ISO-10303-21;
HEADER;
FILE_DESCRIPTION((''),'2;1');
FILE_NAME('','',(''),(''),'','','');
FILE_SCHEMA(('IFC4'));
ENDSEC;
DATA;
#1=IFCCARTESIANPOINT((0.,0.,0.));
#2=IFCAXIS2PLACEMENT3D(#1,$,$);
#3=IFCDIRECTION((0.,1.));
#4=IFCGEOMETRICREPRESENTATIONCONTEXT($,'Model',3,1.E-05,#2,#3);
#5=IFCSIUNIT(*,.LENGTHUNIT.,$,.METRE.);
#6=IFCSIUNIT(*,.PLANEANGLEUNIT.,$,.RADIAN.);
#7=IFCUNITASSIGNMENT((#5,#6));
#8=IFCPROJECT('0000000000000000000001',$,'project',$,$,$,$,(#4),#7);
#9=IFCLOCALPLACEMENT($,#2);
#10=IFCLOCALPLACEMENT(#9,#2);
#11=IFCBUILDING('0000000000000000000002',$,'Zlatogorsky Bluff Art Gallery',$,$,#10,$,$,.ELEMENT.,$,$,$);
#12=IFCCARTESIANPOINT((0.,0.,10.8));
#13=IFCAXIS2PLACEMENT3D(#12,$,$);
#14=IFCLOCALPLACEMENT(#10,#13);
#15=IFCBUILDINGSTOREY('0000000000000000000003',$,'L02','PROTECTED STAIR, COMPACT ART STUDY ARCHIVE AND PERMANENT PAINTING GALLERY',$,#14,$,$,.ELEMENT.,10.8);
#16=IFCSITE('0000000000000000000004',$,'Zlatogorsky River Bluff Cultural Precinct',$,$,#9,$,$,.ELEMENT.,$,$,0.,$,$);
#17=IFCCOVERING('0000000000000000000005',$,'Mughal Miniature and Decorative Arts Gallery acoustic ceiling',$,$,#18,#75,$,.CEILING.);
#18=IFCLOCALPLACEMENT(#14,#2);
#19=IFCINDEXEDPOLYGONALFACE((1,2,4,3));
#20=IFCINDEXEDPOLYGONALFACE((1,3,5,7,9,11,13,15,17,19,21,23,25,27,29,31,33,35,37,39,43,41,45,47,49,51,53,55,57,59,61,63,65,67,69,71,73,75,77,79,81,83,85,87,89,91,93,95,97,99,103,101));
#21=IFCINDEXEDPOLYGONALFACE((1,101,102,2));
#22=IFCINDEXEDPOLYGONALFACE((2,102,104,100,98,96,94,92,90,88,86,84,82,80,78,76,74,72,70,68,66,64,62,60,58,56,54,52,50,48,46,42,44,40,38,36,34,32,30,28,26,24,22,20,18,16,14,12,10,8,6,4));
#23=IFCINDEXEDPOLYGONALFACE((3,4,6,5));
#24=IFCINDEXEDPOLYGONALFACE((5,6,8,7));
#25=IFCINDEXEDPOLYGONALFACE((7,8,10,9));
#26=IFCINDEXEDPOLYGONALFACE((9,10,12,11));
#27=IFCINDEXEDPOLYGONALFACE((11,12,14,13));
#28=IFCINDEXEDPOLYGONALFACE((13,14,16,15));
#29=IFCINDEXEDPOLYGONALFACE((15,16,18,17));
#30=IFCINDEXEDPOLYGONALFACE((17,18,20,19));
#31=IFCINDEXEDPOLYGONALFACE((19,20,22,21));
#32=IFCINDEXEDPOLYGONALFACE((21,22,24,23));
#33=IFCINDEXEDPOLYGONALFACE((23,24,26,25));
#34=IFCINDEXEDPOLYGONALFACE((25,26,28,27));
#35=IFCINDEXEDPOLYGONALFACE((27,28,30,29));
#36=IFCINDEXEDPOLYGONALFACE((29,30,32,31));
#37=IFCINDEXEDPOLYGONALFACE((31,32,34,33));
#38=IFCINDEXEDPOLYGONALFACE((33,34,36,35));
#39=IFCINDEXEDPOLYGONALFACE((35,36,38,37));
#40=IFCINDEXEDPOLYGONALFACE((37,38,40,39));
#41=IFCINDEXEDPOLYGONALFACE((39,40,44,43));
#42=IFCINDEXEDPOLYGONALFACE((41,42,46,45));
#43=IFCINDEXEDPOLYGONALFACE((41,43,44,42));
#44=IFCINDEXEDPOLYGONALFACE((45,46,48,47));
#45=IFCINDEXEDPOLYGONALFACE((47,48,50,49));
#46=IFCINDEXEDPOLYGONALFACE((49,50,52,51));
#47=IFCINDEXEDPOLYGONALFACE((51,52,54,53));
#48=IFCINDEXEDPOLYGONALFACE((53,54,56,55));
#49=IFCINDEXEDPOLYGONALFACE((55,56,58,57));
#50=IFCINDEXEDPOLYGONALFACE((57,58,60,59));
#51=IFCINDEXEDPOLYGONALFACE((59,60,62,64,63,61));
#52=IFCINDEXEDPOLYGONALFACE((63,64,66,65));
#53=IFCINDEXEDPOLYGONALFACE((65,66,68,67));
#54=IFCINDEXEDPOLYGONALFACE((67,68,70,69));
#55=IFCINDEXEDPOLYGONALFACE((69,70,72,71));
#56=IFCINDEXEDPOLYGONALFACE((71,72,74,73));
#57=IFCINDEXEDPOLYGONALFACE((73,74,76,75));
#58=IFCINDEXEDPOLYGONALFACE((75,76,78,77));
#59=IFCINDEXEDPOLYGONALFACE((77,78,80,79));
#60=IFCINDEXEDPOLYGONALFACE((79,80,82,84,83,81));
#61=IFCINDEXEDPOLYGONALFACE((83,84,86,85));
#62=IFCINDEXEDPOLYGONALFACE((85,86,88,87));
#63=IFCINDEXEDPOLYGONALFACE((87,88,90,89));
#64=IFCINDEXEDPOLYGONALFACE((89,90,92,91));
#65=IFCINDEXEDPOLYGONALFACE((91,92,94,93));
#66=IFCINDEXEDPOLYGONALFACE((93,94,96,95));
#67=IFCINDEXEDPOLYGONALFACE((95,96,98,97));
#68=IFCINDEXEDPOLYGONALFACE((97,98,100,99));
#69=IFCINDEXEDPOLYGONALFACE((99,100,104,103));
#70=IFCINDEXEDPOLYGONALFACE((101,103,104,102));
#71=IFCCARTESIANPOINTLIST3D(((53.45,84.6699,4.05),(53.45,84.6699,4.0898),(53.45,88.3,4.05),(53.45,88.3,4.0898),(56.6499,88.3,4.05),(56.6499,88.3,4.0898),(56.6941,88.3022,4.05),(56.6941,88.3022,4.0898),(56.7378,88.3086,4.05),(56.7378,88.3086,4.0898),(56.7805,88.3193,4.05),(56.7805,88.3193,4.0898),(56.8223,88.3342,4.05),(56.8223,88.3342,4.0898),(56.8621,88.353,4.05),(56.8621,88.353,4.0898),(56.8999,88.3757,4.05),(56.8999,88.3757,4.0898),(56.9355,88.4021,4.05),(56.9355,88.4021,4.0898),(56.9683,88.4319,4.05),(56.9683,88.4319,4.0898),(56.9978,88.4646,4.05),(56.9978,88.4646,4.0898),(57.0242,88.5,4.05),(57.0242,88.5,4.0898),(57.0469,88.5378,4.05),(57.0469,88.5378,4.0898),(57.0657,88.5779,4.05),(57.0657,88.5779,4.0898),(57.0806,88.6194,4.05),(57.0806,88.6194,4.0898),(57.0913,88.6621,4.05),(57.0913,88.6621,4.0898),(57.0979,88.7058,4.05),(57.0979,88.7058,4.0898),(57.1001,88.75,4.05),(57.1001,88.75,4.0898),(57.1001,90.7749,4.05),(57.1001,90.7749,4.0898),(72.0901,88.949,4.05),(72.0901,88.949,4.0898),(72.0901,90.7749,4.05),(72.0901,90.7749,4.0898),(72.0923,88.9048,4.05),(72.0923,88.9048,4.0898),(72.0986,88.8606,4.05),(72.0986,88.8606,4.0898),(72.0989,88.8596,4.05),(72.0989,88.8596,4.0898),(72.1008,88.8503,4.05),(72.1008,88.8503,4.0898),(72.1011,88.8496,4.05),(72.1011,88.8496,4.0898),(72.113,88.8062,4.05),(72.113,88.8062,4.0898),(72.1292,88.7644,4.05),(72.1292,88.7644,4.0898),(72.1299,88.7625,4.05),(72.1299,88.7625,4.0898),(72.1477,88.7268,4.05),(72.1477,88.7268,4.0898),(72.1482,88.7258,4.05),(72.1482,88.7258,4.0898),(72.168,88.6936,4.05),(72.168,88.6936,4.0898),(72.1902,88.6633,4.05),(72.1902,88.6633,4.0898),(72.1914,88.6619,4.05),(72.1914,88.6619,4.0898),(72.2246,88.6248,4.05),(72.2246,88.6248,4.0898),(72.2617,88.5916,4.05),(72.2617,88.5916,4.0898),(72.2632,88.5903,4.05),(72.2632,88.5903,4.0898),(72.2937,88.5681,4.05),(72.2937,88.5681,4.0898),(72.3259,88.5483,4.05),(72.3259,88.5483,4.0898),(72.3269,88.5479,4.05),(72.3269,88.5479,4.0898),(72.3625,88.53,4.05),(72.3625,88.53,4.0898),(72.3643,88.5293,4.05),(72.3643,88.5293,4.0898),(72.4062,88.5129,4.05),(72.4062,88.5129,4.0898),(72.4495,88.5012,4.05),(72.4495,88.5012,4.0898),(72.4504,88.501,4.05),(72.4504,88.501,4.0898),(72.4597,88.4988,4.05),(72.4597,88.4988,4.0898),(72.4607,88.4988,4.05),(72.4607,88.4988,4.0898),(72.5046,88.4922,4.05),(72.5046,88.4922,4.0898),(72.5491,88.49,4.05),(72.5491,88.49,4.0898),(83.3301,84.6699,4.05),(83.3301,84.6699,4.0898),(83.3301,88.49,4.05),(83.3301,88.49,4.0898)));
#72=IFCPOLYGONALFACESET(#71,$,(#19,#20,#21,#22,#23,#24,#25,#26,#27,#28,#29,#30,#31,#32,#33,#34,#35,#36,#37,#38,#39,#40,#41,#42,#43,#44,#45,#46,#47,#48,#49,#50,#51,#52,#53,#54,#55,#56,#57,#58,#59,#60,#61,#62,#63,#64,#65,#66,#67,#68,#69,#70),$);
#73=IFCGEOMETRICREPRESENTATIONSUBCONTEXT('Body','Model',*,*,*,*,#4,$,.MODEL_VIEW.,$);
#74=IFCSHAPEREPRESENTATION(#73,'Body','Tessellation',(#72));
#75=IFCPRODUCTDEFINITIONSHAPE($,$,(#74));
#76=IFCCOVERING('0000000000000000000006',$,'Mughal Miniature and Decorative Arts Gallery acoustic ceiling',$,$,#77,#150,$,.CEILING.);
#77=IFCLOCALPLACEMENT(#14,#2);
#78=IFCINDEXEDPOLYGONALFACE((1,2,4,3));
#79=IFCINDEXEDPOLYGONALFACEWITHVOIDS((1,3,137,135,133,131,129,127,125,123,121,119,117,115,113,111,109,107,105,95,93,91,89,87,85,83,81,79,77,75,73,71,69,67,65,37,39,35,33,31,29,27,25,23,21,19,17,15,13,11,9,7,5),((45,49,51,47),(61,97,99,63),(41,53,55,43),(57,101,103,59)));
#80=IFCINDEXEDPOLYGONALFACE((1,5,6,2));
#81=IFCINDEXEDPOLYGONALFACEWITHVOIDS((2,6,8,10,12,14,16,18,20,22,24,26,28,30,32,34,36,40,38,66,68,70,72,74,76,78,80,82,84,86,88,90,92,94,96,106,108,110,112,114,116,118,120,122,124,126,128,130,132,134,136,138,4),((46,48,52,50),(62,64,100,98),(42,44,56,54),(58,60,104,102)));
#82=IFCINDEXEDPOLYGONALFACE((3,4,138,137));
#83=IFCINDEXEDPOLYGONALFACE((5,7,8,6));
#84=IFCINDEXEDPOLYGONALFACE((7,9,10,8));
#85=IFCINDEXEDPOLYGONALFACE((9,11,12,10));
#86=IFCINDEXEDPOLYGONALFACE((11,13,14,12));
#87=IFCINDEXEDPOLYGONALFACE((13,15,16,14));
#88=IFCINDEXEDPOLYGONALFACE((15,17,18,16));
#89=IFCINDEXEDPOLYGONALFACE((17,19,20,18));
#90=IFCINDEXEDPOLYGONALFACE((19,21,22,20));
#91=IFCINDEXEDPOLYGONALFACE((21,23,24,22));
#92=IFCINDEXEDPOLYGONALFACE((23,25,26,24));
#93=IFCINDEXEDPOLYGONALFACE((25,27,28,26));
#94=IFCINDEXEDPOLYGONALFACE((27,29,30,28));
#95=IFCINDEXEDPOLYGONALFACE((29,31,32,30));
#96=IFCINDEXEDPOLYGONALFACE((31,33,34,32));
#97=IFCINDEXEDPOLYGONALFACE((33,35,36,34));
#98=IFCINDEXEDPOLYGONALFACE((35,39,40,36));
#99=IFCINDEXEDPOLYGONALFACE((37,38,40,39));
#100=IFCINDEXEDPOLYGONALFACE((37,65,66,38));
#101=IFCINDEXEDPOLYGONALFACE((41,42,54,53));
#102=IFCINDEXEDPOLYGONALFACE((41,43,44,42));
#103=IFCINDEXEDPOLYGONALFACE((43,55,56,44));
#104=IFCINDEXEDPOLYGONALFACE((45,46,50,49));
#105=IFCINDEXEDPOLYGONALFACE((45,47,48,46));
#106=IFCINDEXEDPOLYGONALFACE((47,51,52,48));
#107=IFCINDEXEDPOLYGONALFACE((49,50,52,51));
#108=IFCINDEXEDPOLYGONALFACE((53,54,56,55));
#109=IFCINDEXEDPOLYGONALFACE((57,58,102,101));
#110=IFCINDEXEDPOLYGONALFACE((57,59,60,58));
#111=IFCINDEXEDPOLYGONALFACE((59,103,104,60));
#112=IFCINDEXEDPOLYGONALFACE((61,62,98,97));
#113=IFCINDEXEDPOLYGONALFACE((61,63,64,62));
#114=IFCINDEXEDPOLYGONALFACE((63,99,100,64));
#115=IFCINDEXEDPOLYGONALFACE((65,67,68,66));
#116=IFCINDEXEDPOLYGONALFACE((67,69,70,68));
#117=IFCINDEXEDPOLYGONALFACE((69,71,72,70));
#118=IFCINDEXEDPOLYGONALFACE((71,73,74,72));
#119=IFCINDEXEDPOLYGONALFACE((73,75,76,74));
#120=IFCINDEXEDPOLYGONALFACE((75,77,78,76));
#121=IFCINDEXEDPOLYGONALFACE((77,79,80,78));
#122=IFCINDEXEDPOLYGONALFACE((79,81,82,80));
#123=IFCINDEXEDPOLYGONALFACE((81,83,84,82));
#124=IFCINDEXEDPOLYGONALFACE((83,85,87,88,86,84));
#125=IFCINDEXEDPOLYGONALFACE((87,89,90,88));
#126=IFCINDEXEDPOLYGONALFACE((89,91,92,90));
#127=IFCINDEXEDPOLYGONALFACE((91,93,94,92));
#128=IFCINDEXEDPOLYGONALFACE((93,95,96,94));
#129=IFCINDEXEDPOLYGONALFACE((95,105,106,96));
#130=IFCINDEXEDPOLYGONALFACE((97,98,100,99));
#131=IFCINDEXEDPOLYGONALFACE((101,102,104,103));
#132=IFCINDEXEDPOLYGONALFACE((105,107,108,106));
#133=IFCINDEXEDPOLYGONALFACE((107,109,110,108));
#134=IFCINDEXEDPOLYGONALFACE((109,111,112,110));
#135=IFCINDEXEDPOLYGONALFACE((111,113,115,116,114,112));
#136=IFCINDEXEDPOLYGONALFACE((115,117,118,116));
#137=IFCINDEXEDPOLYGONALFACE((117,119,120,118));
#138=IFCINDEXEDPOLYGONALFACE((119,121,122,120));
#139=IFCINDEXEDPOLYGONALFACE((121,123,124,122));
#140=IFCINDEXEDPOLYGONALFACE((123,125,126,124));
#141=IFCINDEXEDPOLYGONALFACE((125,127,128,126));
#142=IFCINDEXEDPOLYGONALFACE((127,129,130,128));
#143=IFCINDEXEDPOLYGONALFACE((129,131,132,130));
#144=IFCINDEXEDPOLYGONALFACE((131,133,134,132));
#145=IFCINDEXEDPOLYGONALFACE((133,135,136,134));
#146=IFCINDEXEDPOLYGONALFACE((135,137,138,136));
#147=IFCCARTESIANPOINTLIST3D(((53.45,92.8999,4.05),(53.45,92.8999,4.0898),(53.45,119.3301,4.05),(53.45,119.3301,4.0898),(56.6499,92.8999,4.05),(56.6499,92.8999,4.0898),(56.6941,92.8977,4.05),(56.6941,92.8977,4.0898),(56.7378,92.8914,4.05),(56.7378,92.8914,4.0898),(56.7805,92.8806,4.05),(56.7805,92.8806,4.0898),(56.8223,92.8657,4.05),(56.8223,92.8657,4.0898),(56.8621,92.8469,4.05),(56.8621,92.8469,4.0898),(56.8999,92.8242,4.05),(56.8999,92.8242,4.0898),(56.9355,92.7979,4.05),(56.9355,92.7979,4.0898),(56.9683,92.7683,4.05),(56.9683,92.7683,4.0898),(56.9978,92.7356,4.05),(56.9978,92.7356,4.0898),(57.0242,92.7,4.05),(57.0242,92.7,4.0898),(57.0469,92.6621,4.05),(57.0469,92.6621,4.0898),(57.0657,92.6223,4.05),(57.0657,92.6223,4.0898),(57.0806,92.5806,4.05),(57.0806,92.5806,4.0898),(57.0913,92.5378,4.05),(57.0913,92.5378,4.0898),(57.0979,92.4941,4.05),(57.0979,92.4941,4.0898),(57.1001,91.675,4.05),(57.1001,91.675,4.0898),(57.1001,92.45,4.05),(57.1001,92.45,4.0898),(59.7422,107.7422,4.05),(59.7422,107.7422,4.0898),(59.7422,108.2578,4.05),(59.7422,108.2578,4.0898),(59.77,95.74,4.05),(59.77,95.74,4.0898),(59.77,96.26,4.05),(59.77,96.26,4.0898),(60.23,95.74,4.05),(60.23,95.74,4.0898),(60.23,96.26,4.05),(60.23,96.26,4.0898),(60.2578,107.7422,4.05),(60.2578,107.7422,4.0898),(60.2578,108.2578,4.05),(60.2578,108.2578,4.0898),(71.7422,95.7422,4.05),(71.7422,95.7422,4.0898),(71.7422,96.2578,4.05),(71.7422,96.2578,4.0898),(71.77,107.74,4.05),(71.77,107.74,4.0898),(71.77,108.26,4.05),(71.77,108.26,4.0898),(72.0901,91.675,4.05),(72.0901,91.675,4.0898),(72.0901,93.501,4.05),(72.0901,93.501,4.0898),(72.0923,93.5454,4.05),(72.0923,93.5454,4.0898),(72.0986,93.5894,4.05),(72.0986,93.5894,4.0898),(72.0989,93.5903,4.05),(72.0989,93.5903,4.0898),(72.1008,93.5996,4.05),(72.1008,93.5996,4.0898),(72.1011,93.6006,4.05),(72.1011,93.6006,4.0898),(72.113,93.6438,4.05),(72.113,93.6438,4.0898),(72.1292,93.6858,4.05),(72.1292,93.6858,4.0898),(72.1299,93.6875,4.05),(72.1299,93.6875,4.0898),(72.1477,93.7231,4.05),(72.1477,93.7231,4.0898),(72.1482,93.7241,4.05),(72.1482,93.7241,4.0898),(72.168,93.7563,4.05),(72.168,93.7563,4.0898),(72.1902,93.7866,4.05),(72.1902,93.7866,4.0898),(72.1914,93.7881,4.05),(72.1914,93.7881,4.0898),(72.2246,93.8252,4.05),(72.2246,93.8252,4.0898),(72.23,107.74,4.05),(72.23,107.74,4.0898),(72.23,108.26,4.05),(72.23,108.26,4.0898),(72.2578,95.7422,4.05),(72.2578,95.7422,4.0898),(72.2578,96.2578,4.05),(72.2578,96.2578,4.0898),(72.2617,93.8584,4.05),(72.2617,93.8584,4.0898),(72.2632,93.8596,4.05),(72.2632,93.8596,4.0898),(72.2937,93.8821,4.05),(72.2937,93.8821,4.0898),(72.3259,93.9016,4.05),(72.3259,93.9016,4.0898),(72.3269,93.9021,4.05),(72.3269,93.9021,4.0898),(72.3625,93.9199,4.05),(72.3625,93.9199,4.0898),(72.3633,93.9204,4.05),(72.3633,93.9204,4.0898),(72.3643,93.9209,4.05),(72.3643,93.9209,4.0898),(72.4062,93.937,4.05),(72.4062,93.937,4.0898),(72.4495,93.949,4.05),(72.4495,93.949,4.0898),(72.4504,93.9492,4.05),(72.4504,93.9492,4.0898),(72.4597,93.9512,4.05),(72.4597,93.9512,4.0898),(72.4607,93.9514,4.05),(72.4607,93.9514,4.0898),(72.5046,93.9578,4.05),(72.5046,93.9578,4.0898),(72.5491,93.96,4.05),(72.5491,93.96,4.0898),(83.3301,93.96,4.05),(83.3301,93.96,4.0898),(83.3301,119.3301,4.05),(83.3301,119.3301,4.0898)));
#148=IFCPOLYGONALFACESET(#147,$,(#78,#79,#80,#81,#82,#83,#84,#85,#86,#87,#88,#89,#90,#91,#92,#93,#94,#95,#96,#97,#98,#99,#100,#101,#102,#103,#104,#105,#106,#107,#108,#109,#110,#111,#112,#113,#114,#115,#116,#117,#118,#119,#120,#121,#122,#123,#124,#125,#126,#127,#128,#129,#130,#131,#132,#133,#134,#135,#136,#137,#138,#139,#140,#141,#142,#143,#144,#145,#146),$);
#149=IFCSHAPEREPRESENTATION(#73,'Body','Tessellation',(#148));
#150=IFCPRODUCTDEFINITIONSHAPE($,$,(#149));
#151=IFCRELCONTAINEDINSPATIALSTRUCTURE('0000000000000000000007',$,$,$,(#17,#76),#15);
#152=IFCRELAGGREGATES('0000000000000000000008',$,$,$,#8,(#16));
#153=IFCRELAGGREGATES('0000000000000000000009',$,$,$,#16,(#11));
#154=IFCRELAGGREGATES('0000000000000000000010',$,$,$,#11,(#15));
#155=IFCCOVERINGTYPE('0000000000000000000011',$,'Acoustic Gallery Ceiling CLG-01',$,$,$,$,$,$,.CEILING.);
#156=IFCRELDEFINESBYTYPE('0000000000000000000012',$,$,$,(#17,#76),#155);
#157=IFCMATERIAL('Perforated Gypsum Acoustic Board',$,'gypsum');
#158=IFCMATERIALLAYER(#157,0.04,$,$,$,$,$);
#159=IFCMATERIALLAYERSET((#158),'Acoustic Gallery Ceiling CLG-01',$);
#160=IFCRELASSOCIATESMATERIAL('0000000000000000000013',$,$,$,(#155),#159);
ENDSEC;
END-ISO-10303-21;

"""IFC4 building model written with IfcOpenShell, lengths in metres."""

from ifc_helpers import new_model, si_unit, direction, frame, origin, place, context, subcontext, project, spatial, polyline, outline, extrude, material, layer, layer_set, type_object, element, save


model = new_model("IFC4")

# Units and contexts
model_context = context("Model", 3, precision=1e-05, world=origin(), true_north=direction((0.0, 1.0)))
body_context = subcontext(model_context, "Body", "Model", "MODEL_VIEW")
ifc_project = project(units=[si_unit("LENGTHUNIT", "METRE"), si_unit("PLANEANGLEUNIT", "RADIAN")], contexts=[model_context])

# Site, building, storey
site_placement = place(None, origin())
site = spatial("IfcSite", under=ifc_project, at=site_placement, Name="Zlatogorsky River Bluff Cultural Precinct", CompositionType="ELEMENT", RefElevation=0.0)
building_placement = place(site_placement, origin())
building = spatial("IfcBuilding", under=site, at=building_placement, Name="Zlatogorsky Bluff Art Gallery", CompositionType="ELEMENT")
storey_placement = place(building_placement, frame((0.0, 0.0, 10.8)))
storey = spatial("IfcBuildingStorey", under=building, at=storey_placement, Name="L02", Description="PROTECTED STAIR, COMPACT ART STUDY ARCHIVE AND PERMANENT PAINTING GALLERY", CompositionType="ELEMENT", Elevation=10.8)

# Coverings
ifc_material_1 = material(Name="Perforated Gypsum Acoustic Board", Category="gypsum")
ifc_layer_1 = layer(ifc_material_1, 0.04)
ifc_layer_set_1 = layer_set([ifc_layer_1], Name="Acoustic Gallery Ceiling CLG-01")
covering_type_1 = type_object("IfcCoveringType", Name="Acoustic Gallery Ceiling CLG-01", PredefinedType="CEILING", material=ifc_layer_set_1)
covering_1_placement = place(storey_placement, frame((0.0, 0.0, 4.05)))
element("IfcCovering", 1, at=covering_1_placement, inside=storey, type_object=covering_type_1, Name="Mughal Miniature and Decorative Arts Gallery acoustic ceiling", PredefinedType="CEILING", context=body_context, shape_type="SweptSolid", body=[
    extrude(outline(polyline([(56.6499, 88.3), (56.6941, 88.3022), (56.7378, 88.3086), (56.7805, 88.3193), (56.8223, 88.3342), (56.8621, 88.353), (56.8999, 88.3757), (56.9355, 88.4021), (56.9683, 88.4319), (56.9978, 88.4646), (57.0242, 88.5), (57.0469, 88.5378), (57.0657, 88.5779), (57.0806, 88.6194), (57.0913, 88.6621), (57.0979, 88.7058), (57.1001, 88.75), (57.1001, 90.7749), (72.0901, 90.7749), (72.0901, 88.949), (72.0923, 88.9048), (72.0986, 88.8606), (72.0989, 88.8596), (72.1008, 88.8503), (72.1011, 88.8496), (72.113, 88.8062), (72.1292, 88.7644), (72.1299, 88.7625), (72.1477, 88.7268), (72.1482, 88.7258), (72.168, 88.6936), (72.1902, 88.6633), (72.1914, 88.6619), (72.2246, 88.6248), (72.2617, 88.5916), (72.2632, 88.5903), (72.2937, 88.5681), (72.3259, 88.5483), (72.3269, 88.5479), (72.3625, 88.53), (72.3643, 88.5293), (72.4062, 88.5129), (72.4495, 88.5012), (72.4504, 88.501), (72.4597, 88.4988), (72.4607, 88.4988), (72.5046, 88.4922), (72.5491, 88.49), (83.3301, 88.49), (83.3301, 84.6699), (53.45, 84.6699), (53.45, 88.3), (56.6499, 88.3)])), origin(), (0.0, 0.0, 1.0), 0.0398),
])
covering_2_placement = place(storey_placement, frame((0.0, 0.0, 4.05)))
element("IfcCovering", 2, at=covering_2_placement, inside=storey, type_object=covering_type_1, Name="Mughal Miniature and Decorative Arts Gallery acoustic ceiling", PredefinedType="CEILING", context=body_context, shape_type="SweptSolid", body=[
    extrude(outline(polyline([(53.45, 119.3301), (83.3301, 119.3301), (83.3301, 93.96), (72.5491, 93.96), (72.5046, 93.9578), (72.4607, 93.9514), (72.4597, 93.9512), (72.4504, 93.9492), (72.4495, 93.949), (72.4062, 93.937), (72.3643, 93.9209), (72.3633, 93.9204), (72.3625, 93.9199), (72.3269, 93.9021), (72.3259, 93.9016), (72.2937, 93.8821), (72.2632, 93.8596), (72.2617, 93.8584), (72.2246, 93.8252), (72.1914, 93.7881), (72.1902, 93.7866), (72.168, 93.7563), (72.1482, 93.7241), (72.1477, 93.7231), (72.1299, 93.6875), (72.1292, 93.6858), (72.113, 93.6438), (72.1011, 93.6006), (72.1008, 93.5996), (72.0989, 93.5903), (72.0986, 93.5894), (72.0923, 93.5454), (72.0901, 93.501), (72.0901, 91.675), (57.1001, 91.675), (57.1001, 92.45), (57.0979, 92.4941), (57.0913, 92.5378), (57.0806, 92.5806), (57.0657, 92.6223), (57.0469, 92.6621), (57.0242, 92.7), (56.9978, 92.7356), (56.9683, 92.7683), (56.9355, 92.7979), (56.8999, 92.8242), (56.8621, 92.8469), (56.8223, 92.8657), (56.7805, 92.8806), (56.7378, 92.8914), (56.6941, 92.8977), (56.6499, 92.8999), (53.45, 92.8999), (53.45, 119.3301)]), holes=[polyline([(59.77, 95.74), (60.23, 95.74), (60.23, 96.26), (59.77, 96.26), (59.77, 95.74)]), polyline([(72.2578, 95.7422), (72.2578, 96.2578), (71.7422, 96.2578), (71.7422, 95.7422), (72.2578, 95.7422)]), polyline([(71.77, 107.74), (72.23, 107.74), (72.23, 108.26), (71.77, 108.26), (71.77, 107.74)]), polyline([(59.7422, 107.7422), (60.2578, 107.7422), (60.2578, 108.2578), (59.7422, 108.2578), (59.7422, 107.7422)])]), origin(), (0.0, 0.0, 1.0), 0.0398),
])

save(model, "model.ifc")
